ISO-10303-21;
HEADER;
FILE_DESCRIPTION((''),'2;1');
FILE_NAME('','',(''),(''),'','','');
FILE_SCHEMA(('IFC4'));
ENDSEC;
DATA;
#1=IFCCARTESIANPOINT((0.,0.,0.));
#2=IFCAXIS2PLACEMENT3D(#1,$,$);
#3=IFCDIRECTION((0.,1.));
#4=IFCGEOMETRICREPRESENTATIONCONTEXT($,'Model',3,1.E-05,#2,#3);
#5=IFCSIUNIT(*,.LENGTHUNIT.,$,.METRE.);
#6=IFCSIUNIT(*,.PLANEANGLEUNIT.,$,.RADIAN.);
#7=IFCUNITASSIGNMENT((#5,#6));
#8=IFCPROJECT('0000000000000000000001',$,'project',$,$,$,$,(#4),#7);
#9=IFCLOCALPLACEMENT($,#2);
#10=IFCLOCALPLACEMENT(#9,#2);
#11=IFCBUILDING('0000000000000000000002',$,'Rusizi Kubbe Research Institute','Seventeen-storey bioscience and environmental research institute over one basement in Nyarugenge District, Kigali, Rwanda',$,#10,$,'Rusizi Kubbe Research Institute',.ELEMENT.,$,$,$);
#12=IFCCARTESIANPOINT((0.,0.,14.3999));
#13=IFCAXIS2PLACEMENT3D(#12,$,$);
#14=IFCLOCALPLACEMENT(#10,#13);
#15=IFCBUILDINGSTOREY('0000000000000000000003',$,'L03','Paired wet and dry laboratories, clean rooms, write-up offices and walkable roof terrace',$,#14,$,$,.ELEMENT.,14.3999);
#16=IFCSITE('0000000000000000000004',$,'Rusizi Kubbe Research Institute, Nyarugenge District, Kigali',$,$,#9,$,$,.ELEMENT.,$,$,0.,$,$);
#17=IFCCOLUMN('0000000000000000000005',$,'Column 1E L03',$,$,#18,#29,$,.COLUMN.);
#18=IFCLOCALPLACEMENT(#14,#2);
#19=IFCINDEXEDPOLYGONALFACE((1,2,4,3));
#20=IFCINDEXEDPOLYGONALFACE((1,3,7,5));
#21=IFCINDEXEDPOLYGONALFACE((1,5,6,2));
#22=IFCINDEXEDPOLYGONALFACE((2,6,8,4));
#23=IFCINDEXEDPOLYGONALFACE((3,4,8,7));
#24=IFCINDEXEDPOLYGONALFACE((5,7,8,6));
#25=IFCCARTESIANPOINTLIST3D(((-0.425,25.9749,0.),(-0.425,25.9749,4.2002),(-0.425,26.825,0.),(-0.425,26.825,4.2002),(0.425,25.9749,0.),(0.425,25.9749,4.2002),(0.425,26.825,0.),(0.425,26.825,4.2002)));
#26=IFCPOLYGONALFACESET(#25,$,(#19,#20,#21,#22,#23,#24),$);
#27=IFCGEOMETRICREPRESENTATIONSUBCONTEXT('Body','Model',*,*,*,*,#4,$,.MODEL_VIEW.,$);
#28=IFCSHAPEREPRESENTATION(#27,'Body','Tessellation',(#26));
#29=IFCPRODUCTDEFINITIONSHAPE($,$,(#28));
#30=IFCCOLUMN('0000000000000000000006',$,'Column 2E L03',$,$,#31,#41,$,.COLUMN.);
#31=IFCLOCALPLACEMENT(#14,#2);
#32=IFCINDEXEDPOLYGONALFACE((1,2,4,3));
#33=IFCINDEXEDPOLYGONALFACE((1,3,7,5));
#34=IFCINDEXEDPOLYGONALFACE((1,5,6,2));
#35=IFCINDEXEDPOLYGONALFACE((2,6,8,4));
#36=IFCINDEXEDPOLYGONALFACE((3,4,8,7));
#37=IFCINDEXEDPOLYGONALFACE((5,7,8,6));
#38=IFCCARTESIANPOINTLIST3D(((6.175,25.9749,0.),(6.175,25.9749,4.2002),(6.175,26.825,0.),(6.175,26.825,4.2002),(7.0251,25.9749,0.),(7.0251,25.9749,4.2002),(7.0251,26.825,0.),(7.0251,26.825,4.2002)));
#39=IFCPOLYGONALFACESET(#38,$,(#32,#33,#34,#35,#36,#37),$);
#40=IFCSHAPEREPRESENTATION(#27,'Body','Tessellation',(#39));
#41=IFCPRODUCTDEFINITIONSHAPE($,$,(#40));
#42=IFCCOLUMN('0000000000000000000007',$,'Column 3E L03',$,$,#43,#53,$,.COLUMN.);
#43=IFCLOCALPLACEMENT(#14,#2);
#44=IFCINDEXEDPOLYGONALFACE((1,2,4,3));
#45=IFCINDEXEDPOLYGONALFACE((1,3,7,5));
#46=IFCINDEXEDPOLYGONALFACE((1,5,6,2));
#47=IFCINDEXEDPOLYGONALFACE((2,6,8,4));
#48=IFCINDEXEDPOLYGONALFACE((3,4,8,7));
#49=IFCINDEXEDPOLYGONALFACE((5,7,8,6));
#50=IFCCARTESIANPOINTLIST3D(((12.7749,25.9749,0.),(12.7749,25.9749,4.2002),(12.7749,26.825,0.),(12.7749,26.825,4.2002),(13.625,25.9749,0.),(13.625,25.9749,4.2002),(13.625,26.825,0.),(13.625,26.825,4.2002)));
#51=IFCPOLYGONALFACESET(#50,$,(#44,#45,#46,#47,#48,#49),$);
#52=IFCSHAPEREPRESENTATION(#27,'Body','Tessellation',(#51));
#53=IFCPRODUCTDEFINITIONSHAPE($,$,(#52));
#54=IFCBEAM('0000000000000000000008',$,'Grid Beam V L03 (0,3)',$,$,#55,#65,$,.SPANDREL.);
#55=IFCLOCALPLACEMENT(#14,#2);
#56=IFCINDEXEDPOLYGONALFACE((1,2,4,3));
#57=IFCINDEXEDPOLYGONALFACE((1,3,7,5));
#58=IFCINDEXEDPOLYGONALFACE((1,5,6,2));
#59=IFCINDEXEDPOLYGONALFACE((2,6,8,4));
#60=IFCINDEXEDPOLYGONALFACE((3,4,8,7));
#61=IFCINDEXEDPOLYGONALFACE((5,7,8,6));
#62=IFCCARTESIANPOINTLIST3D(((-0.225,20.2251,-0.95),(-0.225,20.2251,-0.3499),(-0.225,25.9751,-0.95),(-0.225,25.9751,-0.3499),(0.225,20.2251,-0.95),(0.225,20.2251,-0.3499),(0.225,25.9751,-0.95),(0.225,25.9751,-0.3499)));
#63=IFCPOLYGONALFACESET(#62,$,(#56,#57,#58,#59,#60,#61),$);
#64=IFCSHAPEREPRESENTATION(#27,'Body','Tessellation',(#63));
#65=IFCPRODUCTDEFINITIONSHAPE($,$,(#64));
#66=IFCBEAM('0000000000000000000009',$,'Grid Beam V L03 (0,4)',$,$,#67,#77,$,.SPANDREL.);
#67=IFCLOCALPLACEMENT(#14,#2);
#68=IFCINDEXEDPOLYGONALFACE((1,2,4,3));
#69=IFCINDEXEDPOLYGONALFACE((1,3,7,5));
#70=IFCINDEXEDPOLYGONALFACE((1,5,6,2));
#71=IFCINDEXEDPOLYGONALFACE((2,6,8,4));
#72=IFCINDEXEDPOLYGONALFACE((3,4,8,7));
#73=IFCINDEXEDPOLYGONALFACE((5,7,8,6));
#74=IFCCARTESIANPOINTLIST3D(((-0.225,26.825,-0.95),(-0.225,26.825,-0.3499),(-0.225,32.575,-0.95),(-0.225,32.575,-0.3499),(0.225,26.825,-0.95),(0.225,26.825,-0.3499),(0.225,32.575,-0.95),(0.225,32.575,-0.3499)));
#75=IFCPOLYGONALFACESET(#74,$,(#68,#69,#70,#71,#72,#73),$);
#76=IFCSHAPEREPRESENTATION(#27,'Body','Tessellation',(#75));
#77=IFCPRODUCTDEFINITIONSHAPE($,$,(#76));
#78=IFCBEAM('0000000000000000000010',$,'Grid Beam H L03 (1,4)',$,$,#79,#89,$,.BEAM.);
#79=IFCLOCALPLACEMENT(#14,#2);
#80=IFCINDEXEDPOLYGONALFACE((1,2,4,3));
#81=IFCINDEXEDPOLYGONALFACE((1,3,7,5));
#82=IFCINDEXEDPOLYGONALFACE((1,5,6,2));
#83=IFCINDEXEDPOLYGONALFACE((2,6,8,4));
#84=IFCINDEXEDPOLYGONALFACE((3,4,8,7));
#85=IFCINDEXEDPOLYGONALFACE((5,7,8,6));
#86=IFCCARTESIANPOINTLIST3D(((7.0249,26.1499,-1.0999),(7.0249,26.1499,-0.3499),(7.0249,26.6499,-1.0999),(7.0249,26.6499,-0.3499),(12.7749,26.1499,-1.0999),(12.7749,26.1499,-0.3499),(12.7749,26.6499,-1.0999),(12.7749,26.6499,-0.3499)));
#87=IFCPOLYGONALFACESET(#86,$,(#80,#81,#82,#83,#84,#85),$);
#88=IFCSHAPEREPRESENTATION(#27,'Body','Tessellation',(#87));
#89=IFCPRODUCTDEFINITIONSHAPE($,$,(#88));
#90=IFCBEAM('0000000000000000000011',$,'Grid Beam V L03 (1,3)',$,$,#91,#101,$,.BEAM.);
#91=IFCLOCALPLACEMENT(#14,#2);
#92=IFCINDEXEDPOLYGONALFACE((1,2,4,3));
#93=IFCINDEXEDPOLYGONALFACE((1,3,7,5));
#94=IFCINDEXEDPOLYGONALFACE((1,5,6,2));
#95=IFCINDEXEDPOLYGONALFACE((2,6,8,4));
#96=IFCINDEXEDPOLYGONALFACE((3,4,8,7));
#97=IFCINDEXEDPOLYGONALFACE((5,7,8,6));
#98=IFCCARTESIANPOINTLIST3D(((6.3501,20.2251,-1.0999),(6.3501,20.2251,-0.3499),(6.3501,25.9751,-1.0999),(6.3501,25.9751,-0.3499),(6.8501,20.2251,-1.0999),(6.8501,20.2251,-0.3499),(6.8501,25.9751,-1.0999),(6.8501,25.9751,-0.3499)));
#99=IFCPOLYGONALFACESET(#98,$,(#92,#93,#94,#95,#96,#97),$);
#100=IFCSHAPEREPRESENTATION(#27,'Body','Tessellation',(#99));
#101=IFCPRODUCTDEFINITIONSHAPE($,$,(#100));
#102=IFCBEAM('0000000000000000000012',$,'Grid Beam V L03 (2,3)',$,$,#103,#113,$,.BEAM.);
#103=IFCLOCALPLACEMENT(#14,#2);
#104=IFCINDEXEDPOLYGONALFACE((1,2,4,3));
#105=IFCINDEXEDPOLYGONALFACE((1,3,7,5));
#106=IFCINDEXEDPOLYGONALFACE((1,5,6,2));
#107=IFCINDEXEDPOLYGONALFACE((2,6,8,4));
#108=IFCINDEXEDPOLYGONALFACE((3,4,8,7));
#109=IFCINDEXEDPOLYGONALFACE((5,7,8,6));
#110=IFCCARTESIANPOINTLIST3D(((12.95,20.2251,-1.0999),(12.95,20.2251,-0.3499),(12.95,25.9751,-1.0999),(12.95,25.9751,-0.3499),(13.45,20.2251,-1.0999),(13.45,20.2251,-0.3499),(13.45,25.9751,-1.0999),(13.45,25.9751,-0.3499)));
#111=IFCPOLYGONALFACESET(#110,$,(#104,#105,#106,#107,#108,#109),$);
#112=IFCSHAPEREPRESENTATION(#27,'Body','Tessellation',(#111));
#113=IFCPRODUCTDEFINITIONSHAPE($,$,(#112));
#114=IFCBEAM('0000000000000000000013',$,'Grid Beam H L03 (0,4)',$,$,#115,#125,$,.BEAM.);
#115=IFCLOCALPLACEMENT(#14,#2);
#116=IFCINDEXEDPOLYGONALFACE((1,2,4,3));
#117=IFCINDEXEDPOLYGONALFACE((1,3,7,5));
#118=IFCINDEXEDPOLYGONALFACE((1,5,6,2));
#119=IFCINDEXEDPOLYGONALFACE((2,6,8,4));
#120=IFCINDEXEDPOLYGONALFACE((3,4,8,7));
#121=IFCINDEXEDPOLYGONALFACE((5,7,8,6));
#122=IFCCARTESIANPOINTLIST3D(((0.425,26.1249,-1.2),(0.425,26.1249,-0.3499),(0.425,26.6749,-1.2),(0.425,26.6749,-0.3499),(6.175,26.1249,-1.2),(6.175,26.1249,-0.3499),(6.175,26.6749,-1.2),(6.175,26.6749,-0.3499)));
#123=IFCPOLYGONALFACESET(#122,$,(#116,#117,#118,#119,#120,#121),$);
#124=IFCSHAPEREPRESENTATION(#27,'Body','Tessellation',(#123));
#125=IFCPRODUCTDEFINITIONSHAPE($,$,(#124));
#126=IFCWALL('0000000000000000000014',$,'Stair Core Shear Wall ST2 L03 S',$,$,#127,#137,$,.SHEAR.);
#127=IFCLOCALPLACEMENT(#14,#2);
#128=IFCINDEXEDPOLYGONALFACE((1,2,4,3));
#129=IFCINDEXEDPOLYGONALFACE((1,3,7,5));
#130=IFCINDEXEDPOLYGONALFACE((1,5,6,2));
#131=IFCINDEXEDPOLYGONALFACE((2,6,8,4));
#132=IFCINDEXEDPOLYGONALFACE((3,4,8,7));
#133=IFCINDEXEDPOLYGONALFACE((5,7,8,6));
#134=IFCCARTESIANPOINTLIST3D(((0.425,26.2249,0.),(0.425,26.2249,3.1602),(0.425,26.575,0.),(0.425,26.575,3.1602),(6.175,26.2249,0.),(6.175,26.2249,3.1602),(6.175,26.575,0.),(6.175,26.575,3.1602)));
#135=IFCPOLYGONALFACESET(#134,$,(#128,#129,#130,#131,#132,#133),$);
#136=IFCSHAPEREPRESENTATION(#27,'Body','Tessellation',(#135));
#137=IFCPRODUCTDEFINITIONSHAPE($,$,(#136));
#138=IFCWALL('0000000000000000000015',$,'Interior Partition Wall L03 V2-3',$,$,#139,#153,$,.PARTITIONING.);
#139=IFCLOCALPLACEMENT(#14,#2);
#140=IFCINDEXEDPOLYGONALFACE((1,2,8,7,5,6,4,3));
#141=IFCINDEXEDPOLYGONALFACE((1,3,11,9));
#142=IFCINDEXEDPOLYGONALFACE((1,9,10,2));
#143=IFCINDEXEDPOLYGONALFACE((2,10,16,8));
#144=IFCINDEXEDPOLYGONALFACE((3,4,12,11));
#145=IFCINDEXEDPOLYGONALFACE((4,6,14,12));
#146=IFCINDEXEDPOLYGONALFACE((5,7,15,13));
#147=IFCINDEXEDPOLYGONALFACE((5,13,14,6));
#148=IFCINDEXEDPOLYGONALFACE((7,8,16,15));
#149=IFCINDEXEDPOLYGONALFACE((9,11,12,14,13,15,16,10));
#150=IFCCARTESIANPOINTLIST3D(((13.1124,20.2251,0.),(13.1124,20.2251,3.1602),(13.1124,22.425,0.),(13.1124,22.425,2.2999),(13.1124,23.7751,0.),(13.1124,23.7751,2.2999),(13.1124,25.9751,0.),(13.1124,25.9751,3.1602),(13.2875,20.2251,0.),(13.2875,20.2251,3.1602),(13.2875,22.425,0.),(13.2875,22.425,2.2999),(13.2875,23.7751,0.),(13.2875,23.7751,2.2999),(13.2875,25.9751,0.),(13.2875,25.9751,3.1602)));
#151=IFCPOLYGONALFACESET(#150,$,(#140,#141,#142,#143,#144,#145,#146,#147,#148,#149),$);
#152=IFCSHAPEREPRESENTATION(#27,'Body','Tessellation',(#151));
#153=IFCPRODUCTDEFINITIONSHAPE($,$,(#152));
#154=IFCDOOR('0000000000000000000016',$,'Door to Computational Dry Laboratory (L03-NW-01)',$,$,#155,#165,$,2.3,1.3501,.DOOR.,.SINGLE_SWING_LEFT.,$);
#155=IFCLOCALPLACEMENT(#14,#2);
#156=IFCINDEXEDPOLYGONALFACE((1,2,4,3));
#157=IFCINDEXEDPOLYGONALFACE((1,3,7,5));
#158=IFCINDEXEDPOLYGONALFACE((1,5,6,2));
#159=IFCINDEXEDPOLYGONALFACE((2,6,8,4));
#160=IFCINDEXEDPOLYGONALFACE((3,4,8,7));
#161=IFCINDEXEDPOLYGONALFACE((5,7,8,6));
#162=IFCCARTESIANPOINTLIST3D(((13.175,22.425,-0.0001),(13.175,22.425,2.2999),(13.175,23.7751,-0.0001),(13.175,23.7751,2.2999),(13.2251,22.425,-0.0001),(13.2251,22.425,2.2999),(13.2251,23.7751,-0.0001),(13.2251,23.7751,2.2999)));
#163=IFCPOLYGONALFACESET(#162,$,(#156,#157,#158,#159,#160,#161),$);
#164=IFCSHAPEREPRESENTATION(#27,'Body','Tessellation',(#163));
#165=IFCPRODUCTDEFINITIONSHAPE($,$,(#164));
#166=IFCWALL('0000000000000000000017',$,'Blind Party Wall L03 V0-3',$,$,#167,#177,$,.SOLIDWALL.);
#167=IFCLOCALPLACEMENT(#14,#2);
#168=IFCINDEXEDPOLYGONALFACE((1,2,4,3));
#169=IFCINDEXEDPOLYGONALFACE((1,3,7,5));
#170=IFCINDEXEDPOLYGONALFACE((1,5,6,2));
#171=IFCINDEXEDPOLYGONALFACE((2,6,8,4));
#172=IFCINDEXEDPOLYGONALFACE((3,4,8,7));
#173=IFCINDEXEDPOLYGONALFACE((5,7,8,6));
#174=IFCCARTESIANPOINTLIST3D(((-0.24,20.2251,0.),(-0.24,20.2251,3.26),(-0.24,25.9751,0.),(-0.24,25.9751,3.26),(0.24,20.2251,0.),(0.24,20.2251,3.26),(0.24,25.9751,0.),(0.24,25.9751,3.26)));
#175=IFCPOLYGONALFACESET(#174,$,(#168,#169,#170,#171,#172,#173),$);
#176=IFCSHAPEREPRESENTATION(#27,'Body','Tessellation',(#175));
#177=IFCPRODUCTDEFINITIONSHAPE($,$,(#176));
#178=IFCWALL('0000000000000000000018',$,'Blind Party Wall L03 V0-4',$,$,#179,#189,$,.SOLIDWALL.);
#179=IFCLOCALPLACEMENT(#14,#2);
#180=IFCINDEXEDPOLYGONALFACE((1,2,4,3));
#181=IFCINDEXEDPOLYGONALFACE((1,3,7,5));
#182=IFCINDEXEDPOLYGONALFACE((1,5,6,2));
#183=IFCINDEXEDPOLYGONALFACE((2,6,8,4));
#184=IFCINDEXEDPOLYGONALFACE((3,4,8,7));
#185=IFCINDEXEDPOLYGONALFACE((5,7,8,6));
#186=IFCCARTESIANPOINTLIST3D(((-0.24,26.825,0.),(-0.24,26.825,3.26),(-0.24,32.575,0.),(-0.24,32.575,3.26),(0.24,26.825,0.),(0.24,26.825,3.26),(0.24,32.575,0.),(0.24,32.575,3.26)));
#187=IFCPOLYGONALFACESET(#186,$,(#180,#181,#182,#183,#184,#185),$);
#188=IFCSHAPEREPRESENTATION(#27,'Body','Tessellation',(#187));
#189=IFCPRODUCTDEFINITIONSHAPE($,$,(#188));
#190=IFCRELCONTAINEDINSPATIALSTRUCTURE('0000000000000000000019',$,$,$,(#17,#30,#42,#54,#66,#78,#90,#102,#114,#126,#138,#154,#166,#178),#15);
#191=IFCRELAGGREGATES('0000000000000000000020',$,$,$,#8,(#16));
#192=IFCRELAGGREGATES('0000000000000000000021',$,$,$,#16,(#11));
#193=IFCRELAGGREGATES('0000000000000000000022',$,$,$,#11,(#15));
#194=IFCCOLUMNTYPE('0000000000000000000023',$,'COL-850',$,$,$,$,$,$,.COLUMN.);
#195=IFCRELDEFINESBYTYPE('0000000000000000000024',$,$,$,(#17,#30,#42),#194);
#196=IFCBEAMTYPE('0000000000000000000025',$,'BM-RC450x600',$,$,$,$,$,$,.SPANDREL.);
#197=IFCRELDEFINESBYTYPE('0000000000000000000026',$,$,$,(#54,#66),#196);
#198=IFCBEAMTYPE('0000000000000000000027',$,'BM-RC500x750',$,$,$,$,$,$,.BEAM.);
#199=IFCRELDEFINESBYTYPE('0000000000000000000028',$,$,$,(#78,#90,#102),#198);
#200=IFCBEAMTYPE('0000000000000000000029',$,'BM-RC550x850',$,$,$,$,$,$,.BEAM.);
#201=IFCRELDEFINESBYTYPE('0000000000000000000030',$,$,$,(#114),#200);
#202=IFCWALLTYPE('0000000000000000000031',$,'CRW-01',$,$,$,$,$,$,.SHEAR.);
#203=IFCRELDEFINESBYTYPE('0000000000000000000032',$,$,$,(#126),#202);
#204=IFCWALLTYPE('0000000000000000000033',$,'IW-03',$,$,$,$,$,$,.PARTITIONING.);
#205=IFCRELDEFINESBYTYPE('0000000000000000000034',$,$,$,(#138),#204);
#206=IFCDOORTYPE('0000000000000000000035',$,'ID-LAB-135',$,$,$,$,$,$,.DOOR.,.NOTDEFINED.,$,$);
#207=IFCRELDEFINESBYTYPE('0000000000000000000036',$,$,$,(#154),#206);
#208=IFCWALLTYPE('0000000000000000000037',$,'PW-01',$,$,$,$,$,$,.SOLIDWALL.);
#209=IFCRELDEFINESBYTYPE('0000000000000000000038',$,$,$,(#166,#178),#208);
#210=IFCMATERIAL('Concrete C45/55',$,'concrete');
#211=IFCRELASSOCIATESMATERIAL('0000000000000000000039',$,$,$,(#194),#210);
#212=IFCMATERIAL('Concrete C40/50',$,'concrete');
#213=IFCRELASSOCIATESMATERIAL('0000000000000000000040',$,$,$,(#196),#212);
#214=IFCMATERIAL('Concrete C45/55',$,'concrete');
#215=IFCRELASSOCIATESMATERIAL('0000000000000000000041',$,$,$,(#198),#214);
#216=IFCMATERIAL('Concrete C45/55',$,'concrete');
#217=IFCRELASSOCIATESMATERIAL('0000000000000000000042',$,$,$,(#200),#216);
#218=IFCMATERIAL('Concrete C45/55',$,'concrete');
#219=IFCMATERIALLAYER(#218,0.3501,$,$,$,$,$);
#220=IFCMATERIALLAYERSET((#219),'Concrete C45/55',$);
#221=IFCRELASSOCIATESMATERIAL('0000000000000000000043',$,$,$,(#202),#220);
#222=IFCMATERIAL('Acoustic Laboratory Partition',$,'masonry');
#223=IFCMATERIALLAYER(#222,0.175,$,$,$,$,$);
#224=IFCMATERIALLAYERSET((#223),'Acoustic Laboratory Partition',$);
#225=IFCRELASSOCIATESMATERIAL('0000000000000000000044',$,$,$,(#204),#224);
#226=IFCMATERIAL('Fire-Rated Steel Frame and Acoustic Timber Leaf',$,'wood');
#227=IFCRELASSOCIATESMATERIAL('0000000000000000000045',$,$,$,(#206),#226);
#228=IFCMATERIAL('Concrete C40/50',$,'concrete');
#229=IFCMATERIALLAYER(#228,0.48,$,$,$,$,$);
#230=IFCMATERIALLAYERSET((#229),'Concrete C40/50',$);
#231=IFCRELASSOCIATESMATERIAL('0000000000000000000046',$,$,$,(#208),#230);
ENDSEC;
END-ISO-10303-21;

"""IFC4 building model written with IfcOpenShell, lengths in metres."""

from ifc_helpers import new_model, si_unit, direction, frame, frame_2d, origin, origin_2d, place, context, subcontext, project, spatial, rectangle, extrude, material, layer, layer_set, material_profile, profile_set, type_object, element, fill, save


model = new_model("IFC4")

# Units and contexts
model_context = context("Model", 3, precision=1e-05, world=origin(), true_north=direction((0.0, 1.0)))
body_context = subcontext(model_context, "Body", "Model", "MODEL_VIEW")
ifc_project = project(units=[si_unit("LENGTHUNIT", "METRE"), si_unit("PLANEANGLEUNIT", "RADIAN")], contexts=[model_context])

# Site, building, storey
site_placement = place(None, origin())
site = spatial("IfcSite", under=ifc_project, at=site_placement, Name="Rusizi Kubbe Research Institute, Nyarugenge District, Kigali", CompositionType="ELEMENT", RefElevation=0.0)
building_placement = place(site_placement, origin())
building = spatial("IfcBuilding", under=site, at=building_placement, Name="Rusizi Kubbe Research Institute", Description="Seventeen-storey bioscience and environmental research institute over one basement in Nyarugenge District, Kigali, Rwanda", LongName="Rusizi Kubbe Research Institute", CompositionType="ELEMENT")
storey_placement = place(building_placement, frame((0.0, 0.0, 14.3999)))
storey = spatial("IfcBuildingStorey", under=building, at=storey_placement, Name="L03", Description="Paired wet and dry laboratories, clean rooms, write-up offices and walkable roof terrace", CompositionType="ELEMENT", Elevation=14.3999)

# Columns
ifc_material_1 = material(Name="Concrete C45/55", Category="concrete")
ifc_material_profile_1 = material_profile(ifc_material_1, rectangle(XDim=0.8501, YDim=0.8501, at=origin_2d()), Name="RC850x850")
ifc_profile_set_1 = profile_set([ifc_material_profile_1], Name="Concrete C45/55")
column_type = type_object("IfcColumnType", Name="COL-850", PredefinedType="COLUMN", material=ifc_profile_set_1)
for number, where, z_axis, x_axis, name in (
    (1, (0.0, 26.3999, 0.0), (0.0, 0.0, 1.0), (1.0, 0.0, 0.0), "Column 1E L03"),
    (2, (6.6001, 26.3999, 0.0), (0.0, 0.0, 1.0), (1.0, 0.0, 0.0), "Column 2E L03"),
    (3, (13.2, 26.3999, 0.0), (0.0, 0.0, 1.0), (1.0, 0.0, 0.0), "Column 3E L03"),
):
    element("IfcColumn", number, at=place(storey_placement, frame(where, z_axis=z_axis, x_axis=x_axis)), inside=storey, type_object=column_type, Name=name, PredefinedType="COLUMN", context=body_context, shape_type="SweptSolid", body=[
        extrude(rectangle(XDim=0.8501, YDim=0.8501, at=origin_2d()), origin(), (0.0, 0.0, 1.0), 4.2002),
    ])

# Beams
ifc_material_2 = material(Name="Concrete C40/50", Category="concrete")
ifc_material_profile_2 = material_profile(ifc_material_2, rectangle(XDim=0.45, YDim=0.6001, at=origin_2d()), Name="RC450x600")
ifc_profile_set_2 = profile_set([ifc_material_profile_2], Name="Concrete C40/50")
beam_type_1 = type_object("IfcBeamType", Name="BM-RC450x600", PredefinedType="SPANDREL", material=ifc_profile_set_2)
for number, where, z_axis, x_axis, name in (
    (4, (0.0, 20.2251, -0.6499), (0.0, 1.0, 0.0), (-1.0, 0.0, 0.0), "Grid Beam V L03 (0,3)"),
    (5, (0.0, 26.825, -0.6499), (0.0, 1.0, 0.0), (-1.0, 0.0, 0.0), "Grid Beam V L03 (0,4)"),
):
    element("IfcBeam", number, at=place(storey_placement, frame(where, z_axis=z_axis, x_axis=x_axis)), inside=storey, type_object=beam_type_1, Name=name, PredefinedType="SPANDREL", context=body_context, shape_type="SweptSolid", body=[
        extrude(rectangle(XDim=0.45, YDim=0.6001, at=origin_2d()), origin(), (0.0, 0.0, 1.0), 5.75),
    ])
ifc_material_3 = material(Name="Concrete C45/55", Category="concrete")
ifc_material_profile_3 = material_profile(ifc_material_3, rectangle(XDim=0.5, YDim=0.75, at=origin_2d()), Name="RC500x750B")
ifc_profile_set_3 = profile_set([ifc_material_profile_3], Name="Concrete C45/55")
beam_type_2 = type_object("IfcBeamType", Name="BM-RC500x750", PredefinedType="BEAM", material=ifc_profile_set_3)
for number, where, z_axis, x_axis, name in (
    (6, (7.0249, 26.3999, -0.7249), (1.0, 0.0, 0.0), (0.0, 1.0, 0.0), "Grid Beam H L03 (1,4)"),
    (7, (6.6001, 20.2251, -0.7249), (0.0, 1.0, 0.0), (-1.0, 0.0, 0.0), "Grid Beam V L03 (1,3)"),
    (8, (13.2, 20.2251, -0.7249), (0.0, 1.0, 0.0), (-1.0, 0.0, 0.0), "Grid Beam V L03 (2,3)"),
):
    element("IfcBeam", number, at=place(storey_placement, frame(where, z_axis=z_axis, x_axis=x_axis)), inside=storey, type_object=beam_type_2, Name=name, PredefinedType="BEAM", context=body_context, shape_type="SweptSolid", body=[
        extrude(rectangle(XDim=0.5, YDim=0.75, at=origin_2d()), origin(), (0.0, 0.0, 1.0), 5.75),
    ])
ifc_material_4 = material(Name="Concrete C45/55", Category="concrete")
ifc_material_profile_4 = material_profile(ifc_material_4, rectangle(XDim=0.55, YDim=0.8501, at=origin_2d()), Name="RC550x850")
ifc_profile_set_4 = profile_set([ifc_material_profile_4], Name="Concrete C45/55")
beam_type_3 = type_object("IfcBeamType", Name="BM-RC550x850", PredefinedType="BEAM", material=ifc_profile_set_4)
beam_placement = place(storey_placement, frame((0.425, 26.3999, -0.7749), z_axis=(1.0, 0.0, 0.0), x_axis=(0.0, 1.0, 0.0)))
element("IfcBeam", 9, at=beam_placement, inside=storey, type_object=beam_type_3, Name="Grid Beam H L03 (0,4)", PredefinedType="BEAM", context=body_context, shape_type="SweptSolid", body=[
    extrude(rectangle(XDim=0.55, YDim=0.8501, at=origin_2d()), origin(), (0.0, 0.0, 1.0), 5.75),
])

# Wall
ifc_material_5 = material(Name="Concrete C45/55", Category="concrete")
ifc_layer_1 = layer(ifc_material_5, 0.3501)
ifc_layer_set_1 = layer_set([ifc_layer_1], Name="Concrete C45/55")
wall_type_1 = type_object("IfcWallType", Name="CRW-01", PredefinedType="SHEAR", material=ifc_layer_set_1)
wall_1_placement = place(storey_placement, frame((0.425, 26.3999, 0.0), z_axis=(0.0, 0.0, 1.0), x_axis=(1.0, 0.0, 0.0)))
element("IfcWall", 10, at=wall_1_placement, inside=storey, type_object=wall_type_1, Name="Stair Core Shear Wall ST2 L03 S", PredefinedType="SHEAR", context=body_context, shape_type="SweptSolid", body=[
    extrude(rectangle(XDim=5.75, YDim=0.3501, at=frame_2d((2.875, 0.0))), origin(), (0.0, 0.0, 1.0), 3.1602),
])

# Wall, opening, door
ifc_material_6 = material(Name="Acoustic Laboratory Partition", Category="masonry")
ifc_layer_2 = layer(ifc_material_6, 0.175)
ifc_layer_set_2 = layer_set([ifc_layer_2], Name="Acoustic Laboratory Partition")
wall_type_2 = type_object("IfcWallType", Name="IW-03", PredefinedType="PARTITIONING", material=ifc_layer_set_2)
wall_2_placement = place(storey_placement, frame((13.2, 20.2251, 0.0), z_axis=(0.0, 0.0, 1.0), x_axis=(0.0, 1.0, 0.0)))
wall_2 = element("IfcWall", 11, at=wall_2_placement, inside=storey, type_object=wall_type_2, Name="Interior Partition Wall L03 V2-3", PredefinedType="PARTITIONING", context=body_context, shape_type="SweptSolid", body=[
    extrude(rectangle(XDim=5.75, YDim=0.175, at=frame_2d((2.875, 0.0))), origin(), (0.0, 0.0, 1.0), 3.1602),
])
opening_1_placement = place(wall_2_placement, frame((2.2, 0.0, 0.0)))
opening_1 = element("IfcOpeningElement", 12, at=opening_1_placement, cuts=wall_2, PredefinedType="OPENING", context=body_context, shape_type="SweptSolid", body=[
    extrude(rectangle(XDim=1.3501, YDim=2.3, at=frame_2d((0.675, 1.1499))), frame((0.0, 0.0974, 0.0), z_axis=(0.0, -1.0, 0.0), x_axis=(1.0, 0.0, 0.0)), (0.0, 0.0, 1.0), 0.1951),
])
ifc_material_7 = material(Name="Fire-Rated Steel Frame and Acoustic Timber Leaf", Category="wood")
door_type_1 = type_object("IfcDoorType", Name="ID-LAB-135", OperationType="NOTDEFINED", PredefinedType="DOOR", material=ifc_material_7)
door_1_placement = place(opening_1_placement, origin())
door_1 = element("IfcDoor", 13, at=door_1_placement, inside=storey, type_object=door_type_1, Name="Door to Computational Dry Laboratory (L03-NW-01)", OperationType="SINGLE_SWING_LEFT", OverallHeight=2.3, OverallWidth=1.3501, PredefinedType="DOOR", context=body_context, shape_type="SweptSolid", body=[
    extrude(rectangle(XDim=1.3501, YDim=2.3, at=frame_2d((0.675, 1.1499))), frame((0.0, 0.0249, 0.0), z_axis=(0.0, -1.0, 0.0), x_axis=(1.0, 0.0, 0.0)), (0.0, 0.0, 1.0), 0.05),
])
fill(opening_1, door_1)

# Walls
ifc_material_8 = material(Name="Concrete C40/50", Category="concrete")
ifc_layer_3 = layer(ifc_material_8, 0.48)
ifc_layer_set_3 = layer_set([ifc_layer_3], Name="Concrete C40/50")
wall_type_3 = type_object("IfcWallType", Name="PW-01", PredefinedType="SOLIDWALL", material=ifc_layer_set_3)
for number, where, z_axis, x_axis, name in (
    (14, (0.0, 20.2251, 0.0), (0.0, 0.0, 1.0), (0.0, 1.0, 0.0), "Blind Party Wall L03 V0-3"),
    (15, (0.0, 26.825, 0.0), (0.0, 0.0, 1.0), (0.0, 1.0, 0.0), "Blind Party Wall L03 V0-4"),
):
    element("IfcWall", number, at=place(storey_placement, frame(where, z_axis=z_axis, x_axis=x_axis)), inside=storey, type_object=wall_type_3, Name=name, PredefinedType="SOLIDWALL", context=body_context, shape_type="SweptSolid", body=[
        extrude(rectangle(XDim=5.75, YDim=0.48, at=frame_2d((2.875, 0.0))), origin(), (0.0, 0.0, 1.0), 3.26),
    ])

save(model, "model.ifc")
